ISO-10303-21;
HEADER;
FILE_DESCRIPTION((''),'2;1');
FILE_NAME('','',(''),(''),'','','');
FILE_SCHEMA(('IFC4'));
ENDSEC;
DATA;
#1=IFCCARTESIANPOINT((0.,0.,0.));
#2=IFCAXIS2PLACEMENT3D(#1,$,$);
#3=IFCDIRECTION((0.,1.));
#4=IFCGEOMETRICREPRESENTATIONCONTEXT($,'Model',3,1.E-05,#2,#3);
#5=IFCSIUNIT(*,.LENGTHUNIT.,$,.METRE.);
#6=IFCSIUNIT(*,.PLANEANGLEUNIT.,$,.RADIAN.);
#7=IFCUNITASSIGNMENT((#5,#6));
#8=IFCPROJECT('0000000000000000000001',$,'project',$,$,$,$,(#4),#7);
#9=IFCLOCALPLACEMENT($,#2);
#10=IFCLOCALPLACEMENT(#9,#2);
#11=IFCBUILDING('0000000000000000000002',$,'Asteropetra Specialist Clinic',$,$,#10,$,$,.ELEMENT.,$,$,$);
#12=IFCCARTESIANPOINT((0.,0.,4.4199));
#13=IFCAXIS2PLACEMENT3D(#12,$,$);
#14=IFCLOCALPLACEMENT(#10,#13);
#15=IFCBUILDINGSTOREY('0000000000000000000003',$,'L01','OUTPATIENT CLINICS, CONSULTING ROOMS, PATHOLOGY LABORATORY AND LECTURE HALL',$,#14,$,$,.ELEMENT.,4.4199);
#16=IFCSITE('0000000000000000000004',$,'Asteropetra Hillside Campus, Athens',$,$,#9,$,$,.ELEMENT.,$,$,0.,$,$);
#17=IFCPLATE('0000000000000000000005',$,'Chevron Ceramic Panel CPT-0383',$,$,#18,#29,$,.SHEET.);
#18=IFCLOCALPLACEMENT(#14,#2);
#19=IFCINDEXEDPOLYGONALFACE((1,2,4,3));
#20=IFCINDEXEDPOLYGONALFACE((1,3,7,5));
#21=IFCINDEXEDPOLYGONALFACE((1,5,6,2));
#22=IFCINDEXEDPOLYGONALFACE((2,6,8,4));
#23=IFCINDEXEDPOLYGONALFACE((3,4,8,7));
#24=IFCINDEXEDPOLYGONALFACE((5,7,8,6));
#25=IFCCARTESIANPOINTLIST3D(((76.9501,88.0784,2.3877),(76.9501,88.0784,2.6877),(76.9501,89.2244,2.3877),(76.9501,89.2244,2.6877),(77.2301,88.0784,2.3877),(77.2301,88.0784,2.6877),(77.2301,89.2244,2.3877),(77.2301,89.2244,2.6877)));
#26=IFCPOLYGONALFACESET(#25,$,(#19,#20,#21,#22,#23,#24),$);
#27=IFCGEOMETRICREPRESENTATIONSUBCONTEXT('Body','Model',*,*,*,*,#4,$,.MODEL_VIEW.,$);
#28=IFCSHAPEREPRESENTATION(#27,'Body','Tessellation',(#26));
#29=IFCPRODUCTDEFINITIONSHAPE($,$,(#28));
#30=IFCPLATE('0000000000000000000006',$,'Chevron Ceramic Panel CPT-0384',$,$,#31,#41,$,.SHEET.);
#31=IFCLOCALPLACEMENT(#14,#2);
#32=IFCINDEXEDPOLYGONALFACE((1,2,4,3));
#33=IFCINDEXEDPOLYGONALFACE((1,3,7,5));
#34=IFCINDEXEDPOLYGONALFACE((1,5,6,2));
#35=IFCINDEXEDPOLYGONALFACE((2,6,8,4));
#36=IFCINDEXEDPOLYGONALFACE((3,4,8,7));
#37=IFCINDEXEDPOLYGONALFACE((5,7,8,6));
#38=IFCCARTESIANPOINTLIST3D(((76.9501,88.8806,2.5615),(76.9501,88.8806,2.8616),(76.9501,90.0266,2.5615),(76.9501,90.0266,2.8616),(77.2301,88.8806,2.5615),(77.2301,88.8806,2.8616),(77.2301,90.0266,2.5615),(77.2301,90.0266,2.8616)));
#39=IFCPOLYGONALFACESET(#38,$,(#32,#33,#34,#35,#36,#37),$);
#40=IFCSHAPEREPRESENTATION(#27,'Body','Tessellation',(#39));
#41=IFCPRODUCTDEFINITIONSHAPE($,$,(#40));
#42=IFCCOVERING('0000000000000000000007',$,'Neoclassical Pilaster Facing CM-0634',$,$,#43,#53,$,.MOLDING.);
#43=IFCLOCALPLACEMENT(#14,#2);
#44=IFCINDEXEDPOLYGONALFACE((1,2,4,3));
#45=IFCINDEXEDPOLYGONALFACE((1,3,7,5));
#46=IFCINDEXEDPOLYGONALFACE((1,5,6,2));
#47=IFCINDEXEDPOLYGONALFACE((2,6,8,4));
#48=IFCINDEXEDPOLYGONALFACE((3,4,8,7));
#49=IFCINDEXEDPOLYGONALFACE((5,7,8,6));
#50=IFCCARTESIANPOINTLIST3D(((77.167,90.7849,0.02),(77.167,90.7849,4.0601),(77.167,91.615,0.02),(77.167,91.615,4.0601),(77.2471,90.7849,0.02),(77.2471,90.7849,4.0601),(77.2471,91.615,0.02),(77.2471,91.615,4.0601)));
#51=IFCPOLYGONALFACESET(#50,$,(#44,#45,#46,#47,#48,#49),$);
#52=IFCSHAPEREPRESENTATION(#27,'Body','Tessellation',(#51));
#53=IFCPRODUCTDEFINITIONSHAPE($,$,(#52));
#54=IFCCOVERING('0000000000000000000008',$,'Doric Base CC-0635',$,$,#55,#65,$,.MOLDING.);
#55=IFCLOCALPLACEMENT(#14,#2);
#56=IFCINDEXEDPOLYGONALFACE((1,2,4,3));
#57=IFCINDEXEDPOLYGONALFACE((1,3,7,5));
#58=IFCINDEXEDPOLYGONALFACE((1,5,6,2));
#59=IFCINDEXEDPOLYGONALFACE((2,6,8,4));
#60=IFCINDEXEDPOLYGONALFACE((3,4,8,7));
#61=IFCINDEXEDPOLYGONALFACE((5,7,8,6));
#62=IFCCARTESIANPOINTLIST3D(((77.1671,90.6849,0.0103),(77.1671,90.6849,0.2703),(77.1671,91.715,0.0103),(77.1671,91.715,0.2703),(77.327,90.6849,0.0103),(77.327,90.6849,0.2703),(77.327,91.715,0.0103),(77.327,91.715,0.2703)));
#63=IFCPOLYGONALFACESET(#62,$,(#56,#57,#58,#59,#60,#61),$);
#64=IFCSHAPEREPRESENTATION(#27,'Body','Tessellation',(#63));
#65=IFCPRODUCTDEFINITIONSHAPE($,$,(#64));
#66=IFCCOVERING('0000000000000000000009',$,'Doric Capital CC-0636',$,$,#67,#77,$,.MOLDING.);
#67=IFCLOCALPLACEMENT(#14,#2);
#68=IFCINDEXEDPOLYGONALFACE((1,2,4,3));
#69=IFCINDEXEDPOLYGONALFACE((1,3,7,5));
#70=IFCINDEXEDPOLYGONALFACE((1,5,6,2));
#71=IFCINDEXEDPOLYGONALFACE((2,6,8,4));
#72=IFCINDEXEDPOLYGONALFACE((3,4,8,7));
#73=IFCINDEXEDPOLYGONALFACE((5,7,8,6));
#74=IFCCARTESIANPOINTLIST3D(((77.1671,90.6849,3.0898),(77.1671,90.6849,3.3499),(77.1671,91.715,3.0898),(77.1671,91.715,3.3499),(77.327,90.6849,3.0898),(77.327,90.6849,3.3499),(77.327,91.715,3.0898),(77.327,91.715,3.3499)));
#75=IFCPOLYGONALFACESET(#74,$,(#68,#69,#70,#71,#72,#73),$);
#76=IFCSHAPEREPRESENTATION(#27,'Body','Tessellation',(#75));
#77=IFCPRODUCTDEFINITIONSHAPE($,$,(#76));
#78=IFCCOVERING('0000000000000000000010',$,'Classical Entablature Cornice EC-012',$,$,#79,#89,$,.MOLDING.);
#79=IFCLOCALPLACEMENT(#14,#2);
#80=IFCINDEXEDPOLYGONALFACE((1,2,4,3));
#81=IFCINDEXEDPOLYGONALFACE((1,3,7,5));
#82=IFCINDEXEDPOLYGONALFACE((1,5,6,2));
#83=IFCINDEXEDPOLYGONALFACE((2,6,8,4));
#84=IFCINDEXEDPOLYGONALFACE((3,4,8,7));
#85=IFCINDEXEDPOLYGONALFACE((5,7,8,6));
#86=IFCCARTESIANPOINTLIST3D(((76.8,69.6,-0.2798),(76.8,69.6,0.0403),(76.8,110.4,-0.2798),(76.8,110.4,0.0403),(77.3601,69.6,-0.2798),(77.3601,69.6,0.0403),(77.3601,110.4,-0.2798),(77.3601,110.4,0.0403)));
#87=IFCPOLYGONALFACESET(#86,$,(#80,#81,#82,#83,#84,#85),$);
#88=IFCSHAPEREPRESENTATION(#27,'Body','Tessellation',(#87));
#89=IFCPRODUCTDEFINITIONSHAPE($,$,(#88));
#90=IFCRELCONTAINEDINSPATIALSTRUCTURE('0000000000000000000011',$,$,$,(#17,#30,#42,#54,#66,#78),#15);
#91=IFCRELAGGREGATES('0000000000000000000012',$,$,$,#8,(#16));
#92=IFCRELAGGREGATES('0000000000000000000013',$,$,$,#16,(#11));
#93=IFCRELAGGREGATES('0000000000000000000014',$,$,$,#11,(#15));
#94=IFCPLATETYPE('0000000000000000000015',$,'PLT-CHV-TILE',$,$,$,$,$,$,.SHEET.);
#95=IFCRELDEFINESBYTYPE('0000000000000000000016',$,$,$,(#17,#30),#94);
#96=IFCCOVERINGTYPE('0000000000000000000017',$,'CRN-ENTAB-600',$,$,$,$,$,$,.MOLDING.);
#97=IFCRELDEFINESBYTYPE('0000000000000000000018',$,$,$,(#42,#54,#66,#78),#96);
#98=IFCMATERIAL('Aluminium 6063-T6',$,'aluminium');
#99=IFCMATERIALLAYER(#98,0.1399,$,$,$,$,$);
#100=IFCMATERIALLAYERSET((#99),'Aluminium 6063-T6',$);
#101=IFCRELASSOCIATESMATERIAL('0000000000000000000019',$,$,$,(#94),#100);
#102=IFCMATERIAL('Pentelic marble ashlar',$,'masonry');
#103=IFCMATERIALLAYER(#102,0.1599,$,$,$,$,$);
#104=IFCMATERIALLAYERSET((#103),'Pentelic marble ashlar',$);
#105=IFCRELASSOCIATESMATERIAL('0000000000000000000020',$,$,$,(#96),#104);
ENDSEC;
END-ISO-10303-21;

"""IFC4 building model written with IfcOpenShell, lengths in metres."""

from ifc_helpers import new_model, si_unit, direction, frame, origin, origin_2d, place, context, subcontext, project, spatial, rectangle, extrude, material, layer, layer_set, type_object, element, save


model = new_model("IFC4")

# Units and contexts
model_context = context("Model", 3, precision=1e-05, world=origin(), true_north=direction((0.0, 1.0)))
body_context = subcontext(model_context, "Body", "Model", "MODEL_VIEW")
ifc_project = project(units=[si_unit("LENGTHUNIT", "METRE"), si_unit("PLANEANGLEUNIT", "RADIAN")], contexts=[model_context])

# Site, building, storey
site_placement = place(None, origin())
site = spatial("IfcSite", under=ifc_project, at=site_placement, Name="Asteropetra Hillside Campus, Athens", CompositionType="ELEMENT", RefElevation=0.0)
building_placement = place(site_placement, origin())
building = spatial("IfcBuilding", under=site, at=building_placement, Name="Asteropetra Specialist Clinic", CompositionType="ELEMENT")
storey_placement = place(building_placement, frame((0.0, 0.0, 4.4199)))
storey = spatial("IfcBuildingStorey", under=building, at=storey_placement, Name="L01", Description="OUTPATIENT CLINICS, CONSULTING ROOMS, PATHOLOGY LABORATORY AND LECTURE HALL", CompositionType="ELEMENT", Elevation=4.4199)

# Plates
ifc_material_1 = material(Name="Aluminium 6063-T6", Category="aluminium")
ifc_layer_1 = layer(ifc_material_1, 0.1399)
ifc_layer_set_1 = layer_set([ifc_layer_1], Name="Aluminium 6063-T6")
plate_type_1 = type_object("IfcPlateType", Name="PLT-CHV-TILE", PredefinedType="SHEET", material=ifc_layer_set_1)
for number, where, z_axis, x_axis, name in (
    (1, (77.0901, 88.6514, 2.3877), (0.0, 0.0, 1.0), (1.0, 0.0, 0.0), "Chevron Ceramic Panel CPT-0383"),
    (2, (77.0901, 89.4536, 2.5615), (0.0, 0.0, 1.0), (1.0, 0.0, 0.0), "Chevron Ceramic Panel CPT-0384"),
):
    element("IfcPlate", number, at=place(storey_placement, frame(where, z_axis=z_axis, x_axis=x_axis)), inside=storey, type_object=plate_type_1, Name=name, PredefinedType="SHEET", context=body_context, shape_type="SweptSolid", body=[
        extrude(rectangle(XDim=0.28, YDim=1.146, at=origin_2d()), origin(), (0.0, 0.0, 1.0), 0.3),
    ])

# Coverings
ifc_material_2 = material(Name="Pentelic marble ashlar", Category="masonry")
ifc_layer_2 = layer(ifc_material_2, 0.1599)
ifc_layer_set_2 = layer_set([ifc_layer_2], Name="Pentelic marble ashlar")
covering_type = type_object("IfcCoveringType", Name="CRN-ENTAB-600", PredefinedType="MOLDING", material=ifc_layer_set_2)
covering_1_placement = place(storey_placement, frame((77.207, 91.2, 0.02), z_axis=(0.0, 0.0, 1.0), x_axis=(1.0, 0.0, 0.0)))
element("IfcCovering", 3, at=covering_1_placement, inside=storey, type_object=covering_type, Name="Neoclassical Pilaster Facing CM-0634", PredefinedType="MOLDING", context=body_context, shape_type="SweptSolid", body=[
    extrude(rectangle(XDim=0.0801, YDim=0.8301, at=origin_2d()), origin(), (0.0, 0.0, 1.0), 4.04),
])
for number, where, z_axis, x_axis, name in (
    (4, (77.2471, 91.2, 0.0103), (0.0, 0.0, 1.0), (1.0, 0.0, 0.0), "Doric Base CC-0635"),
    (5, (77.2471, 91.2, 3.0898), (0.0, 0.0, 1.0), (1.0, 0.0, 0.0), "Doric Capital CC-0636"),
):
    element("IfcCovering", number, at=place(storey_placement, frame(where, z_axis=z_axis, x_axis=x_axis)), inside=storey, type_object=covering_type, Name=name, PredefinedType="MOLDING", context=body_context, shape_type="SweptSolid", body=[
        extrude(rectangle(XDim=0.1599, YDim=1.03, at=origin_2d()), origin(), (0.0, 0.0, 1.0), 0.26),
    ])
covering_2_placement = place(storey_placement, frame((77.0801, 90.0, -0.2798), z_axis=(0.0, 0.0, 1.0), x_axis=(1.0, 0.0, 0.0)))
element("IfcCovering", 6, at=covering_2_placement, inside=storey, type_object=covering_type, Name="Classical Entablature Cornice EC-012", PredefinedType="MOLDING", context=body_context, shape_type="SweptSolid", body=[
    extrude(rectangle(XDim=0.5601, YDim=40.8, at=origin_2d()), origin(), (0.0, 0.0, 1.0), 0.3201),
])

save(model, "model.ifc")
